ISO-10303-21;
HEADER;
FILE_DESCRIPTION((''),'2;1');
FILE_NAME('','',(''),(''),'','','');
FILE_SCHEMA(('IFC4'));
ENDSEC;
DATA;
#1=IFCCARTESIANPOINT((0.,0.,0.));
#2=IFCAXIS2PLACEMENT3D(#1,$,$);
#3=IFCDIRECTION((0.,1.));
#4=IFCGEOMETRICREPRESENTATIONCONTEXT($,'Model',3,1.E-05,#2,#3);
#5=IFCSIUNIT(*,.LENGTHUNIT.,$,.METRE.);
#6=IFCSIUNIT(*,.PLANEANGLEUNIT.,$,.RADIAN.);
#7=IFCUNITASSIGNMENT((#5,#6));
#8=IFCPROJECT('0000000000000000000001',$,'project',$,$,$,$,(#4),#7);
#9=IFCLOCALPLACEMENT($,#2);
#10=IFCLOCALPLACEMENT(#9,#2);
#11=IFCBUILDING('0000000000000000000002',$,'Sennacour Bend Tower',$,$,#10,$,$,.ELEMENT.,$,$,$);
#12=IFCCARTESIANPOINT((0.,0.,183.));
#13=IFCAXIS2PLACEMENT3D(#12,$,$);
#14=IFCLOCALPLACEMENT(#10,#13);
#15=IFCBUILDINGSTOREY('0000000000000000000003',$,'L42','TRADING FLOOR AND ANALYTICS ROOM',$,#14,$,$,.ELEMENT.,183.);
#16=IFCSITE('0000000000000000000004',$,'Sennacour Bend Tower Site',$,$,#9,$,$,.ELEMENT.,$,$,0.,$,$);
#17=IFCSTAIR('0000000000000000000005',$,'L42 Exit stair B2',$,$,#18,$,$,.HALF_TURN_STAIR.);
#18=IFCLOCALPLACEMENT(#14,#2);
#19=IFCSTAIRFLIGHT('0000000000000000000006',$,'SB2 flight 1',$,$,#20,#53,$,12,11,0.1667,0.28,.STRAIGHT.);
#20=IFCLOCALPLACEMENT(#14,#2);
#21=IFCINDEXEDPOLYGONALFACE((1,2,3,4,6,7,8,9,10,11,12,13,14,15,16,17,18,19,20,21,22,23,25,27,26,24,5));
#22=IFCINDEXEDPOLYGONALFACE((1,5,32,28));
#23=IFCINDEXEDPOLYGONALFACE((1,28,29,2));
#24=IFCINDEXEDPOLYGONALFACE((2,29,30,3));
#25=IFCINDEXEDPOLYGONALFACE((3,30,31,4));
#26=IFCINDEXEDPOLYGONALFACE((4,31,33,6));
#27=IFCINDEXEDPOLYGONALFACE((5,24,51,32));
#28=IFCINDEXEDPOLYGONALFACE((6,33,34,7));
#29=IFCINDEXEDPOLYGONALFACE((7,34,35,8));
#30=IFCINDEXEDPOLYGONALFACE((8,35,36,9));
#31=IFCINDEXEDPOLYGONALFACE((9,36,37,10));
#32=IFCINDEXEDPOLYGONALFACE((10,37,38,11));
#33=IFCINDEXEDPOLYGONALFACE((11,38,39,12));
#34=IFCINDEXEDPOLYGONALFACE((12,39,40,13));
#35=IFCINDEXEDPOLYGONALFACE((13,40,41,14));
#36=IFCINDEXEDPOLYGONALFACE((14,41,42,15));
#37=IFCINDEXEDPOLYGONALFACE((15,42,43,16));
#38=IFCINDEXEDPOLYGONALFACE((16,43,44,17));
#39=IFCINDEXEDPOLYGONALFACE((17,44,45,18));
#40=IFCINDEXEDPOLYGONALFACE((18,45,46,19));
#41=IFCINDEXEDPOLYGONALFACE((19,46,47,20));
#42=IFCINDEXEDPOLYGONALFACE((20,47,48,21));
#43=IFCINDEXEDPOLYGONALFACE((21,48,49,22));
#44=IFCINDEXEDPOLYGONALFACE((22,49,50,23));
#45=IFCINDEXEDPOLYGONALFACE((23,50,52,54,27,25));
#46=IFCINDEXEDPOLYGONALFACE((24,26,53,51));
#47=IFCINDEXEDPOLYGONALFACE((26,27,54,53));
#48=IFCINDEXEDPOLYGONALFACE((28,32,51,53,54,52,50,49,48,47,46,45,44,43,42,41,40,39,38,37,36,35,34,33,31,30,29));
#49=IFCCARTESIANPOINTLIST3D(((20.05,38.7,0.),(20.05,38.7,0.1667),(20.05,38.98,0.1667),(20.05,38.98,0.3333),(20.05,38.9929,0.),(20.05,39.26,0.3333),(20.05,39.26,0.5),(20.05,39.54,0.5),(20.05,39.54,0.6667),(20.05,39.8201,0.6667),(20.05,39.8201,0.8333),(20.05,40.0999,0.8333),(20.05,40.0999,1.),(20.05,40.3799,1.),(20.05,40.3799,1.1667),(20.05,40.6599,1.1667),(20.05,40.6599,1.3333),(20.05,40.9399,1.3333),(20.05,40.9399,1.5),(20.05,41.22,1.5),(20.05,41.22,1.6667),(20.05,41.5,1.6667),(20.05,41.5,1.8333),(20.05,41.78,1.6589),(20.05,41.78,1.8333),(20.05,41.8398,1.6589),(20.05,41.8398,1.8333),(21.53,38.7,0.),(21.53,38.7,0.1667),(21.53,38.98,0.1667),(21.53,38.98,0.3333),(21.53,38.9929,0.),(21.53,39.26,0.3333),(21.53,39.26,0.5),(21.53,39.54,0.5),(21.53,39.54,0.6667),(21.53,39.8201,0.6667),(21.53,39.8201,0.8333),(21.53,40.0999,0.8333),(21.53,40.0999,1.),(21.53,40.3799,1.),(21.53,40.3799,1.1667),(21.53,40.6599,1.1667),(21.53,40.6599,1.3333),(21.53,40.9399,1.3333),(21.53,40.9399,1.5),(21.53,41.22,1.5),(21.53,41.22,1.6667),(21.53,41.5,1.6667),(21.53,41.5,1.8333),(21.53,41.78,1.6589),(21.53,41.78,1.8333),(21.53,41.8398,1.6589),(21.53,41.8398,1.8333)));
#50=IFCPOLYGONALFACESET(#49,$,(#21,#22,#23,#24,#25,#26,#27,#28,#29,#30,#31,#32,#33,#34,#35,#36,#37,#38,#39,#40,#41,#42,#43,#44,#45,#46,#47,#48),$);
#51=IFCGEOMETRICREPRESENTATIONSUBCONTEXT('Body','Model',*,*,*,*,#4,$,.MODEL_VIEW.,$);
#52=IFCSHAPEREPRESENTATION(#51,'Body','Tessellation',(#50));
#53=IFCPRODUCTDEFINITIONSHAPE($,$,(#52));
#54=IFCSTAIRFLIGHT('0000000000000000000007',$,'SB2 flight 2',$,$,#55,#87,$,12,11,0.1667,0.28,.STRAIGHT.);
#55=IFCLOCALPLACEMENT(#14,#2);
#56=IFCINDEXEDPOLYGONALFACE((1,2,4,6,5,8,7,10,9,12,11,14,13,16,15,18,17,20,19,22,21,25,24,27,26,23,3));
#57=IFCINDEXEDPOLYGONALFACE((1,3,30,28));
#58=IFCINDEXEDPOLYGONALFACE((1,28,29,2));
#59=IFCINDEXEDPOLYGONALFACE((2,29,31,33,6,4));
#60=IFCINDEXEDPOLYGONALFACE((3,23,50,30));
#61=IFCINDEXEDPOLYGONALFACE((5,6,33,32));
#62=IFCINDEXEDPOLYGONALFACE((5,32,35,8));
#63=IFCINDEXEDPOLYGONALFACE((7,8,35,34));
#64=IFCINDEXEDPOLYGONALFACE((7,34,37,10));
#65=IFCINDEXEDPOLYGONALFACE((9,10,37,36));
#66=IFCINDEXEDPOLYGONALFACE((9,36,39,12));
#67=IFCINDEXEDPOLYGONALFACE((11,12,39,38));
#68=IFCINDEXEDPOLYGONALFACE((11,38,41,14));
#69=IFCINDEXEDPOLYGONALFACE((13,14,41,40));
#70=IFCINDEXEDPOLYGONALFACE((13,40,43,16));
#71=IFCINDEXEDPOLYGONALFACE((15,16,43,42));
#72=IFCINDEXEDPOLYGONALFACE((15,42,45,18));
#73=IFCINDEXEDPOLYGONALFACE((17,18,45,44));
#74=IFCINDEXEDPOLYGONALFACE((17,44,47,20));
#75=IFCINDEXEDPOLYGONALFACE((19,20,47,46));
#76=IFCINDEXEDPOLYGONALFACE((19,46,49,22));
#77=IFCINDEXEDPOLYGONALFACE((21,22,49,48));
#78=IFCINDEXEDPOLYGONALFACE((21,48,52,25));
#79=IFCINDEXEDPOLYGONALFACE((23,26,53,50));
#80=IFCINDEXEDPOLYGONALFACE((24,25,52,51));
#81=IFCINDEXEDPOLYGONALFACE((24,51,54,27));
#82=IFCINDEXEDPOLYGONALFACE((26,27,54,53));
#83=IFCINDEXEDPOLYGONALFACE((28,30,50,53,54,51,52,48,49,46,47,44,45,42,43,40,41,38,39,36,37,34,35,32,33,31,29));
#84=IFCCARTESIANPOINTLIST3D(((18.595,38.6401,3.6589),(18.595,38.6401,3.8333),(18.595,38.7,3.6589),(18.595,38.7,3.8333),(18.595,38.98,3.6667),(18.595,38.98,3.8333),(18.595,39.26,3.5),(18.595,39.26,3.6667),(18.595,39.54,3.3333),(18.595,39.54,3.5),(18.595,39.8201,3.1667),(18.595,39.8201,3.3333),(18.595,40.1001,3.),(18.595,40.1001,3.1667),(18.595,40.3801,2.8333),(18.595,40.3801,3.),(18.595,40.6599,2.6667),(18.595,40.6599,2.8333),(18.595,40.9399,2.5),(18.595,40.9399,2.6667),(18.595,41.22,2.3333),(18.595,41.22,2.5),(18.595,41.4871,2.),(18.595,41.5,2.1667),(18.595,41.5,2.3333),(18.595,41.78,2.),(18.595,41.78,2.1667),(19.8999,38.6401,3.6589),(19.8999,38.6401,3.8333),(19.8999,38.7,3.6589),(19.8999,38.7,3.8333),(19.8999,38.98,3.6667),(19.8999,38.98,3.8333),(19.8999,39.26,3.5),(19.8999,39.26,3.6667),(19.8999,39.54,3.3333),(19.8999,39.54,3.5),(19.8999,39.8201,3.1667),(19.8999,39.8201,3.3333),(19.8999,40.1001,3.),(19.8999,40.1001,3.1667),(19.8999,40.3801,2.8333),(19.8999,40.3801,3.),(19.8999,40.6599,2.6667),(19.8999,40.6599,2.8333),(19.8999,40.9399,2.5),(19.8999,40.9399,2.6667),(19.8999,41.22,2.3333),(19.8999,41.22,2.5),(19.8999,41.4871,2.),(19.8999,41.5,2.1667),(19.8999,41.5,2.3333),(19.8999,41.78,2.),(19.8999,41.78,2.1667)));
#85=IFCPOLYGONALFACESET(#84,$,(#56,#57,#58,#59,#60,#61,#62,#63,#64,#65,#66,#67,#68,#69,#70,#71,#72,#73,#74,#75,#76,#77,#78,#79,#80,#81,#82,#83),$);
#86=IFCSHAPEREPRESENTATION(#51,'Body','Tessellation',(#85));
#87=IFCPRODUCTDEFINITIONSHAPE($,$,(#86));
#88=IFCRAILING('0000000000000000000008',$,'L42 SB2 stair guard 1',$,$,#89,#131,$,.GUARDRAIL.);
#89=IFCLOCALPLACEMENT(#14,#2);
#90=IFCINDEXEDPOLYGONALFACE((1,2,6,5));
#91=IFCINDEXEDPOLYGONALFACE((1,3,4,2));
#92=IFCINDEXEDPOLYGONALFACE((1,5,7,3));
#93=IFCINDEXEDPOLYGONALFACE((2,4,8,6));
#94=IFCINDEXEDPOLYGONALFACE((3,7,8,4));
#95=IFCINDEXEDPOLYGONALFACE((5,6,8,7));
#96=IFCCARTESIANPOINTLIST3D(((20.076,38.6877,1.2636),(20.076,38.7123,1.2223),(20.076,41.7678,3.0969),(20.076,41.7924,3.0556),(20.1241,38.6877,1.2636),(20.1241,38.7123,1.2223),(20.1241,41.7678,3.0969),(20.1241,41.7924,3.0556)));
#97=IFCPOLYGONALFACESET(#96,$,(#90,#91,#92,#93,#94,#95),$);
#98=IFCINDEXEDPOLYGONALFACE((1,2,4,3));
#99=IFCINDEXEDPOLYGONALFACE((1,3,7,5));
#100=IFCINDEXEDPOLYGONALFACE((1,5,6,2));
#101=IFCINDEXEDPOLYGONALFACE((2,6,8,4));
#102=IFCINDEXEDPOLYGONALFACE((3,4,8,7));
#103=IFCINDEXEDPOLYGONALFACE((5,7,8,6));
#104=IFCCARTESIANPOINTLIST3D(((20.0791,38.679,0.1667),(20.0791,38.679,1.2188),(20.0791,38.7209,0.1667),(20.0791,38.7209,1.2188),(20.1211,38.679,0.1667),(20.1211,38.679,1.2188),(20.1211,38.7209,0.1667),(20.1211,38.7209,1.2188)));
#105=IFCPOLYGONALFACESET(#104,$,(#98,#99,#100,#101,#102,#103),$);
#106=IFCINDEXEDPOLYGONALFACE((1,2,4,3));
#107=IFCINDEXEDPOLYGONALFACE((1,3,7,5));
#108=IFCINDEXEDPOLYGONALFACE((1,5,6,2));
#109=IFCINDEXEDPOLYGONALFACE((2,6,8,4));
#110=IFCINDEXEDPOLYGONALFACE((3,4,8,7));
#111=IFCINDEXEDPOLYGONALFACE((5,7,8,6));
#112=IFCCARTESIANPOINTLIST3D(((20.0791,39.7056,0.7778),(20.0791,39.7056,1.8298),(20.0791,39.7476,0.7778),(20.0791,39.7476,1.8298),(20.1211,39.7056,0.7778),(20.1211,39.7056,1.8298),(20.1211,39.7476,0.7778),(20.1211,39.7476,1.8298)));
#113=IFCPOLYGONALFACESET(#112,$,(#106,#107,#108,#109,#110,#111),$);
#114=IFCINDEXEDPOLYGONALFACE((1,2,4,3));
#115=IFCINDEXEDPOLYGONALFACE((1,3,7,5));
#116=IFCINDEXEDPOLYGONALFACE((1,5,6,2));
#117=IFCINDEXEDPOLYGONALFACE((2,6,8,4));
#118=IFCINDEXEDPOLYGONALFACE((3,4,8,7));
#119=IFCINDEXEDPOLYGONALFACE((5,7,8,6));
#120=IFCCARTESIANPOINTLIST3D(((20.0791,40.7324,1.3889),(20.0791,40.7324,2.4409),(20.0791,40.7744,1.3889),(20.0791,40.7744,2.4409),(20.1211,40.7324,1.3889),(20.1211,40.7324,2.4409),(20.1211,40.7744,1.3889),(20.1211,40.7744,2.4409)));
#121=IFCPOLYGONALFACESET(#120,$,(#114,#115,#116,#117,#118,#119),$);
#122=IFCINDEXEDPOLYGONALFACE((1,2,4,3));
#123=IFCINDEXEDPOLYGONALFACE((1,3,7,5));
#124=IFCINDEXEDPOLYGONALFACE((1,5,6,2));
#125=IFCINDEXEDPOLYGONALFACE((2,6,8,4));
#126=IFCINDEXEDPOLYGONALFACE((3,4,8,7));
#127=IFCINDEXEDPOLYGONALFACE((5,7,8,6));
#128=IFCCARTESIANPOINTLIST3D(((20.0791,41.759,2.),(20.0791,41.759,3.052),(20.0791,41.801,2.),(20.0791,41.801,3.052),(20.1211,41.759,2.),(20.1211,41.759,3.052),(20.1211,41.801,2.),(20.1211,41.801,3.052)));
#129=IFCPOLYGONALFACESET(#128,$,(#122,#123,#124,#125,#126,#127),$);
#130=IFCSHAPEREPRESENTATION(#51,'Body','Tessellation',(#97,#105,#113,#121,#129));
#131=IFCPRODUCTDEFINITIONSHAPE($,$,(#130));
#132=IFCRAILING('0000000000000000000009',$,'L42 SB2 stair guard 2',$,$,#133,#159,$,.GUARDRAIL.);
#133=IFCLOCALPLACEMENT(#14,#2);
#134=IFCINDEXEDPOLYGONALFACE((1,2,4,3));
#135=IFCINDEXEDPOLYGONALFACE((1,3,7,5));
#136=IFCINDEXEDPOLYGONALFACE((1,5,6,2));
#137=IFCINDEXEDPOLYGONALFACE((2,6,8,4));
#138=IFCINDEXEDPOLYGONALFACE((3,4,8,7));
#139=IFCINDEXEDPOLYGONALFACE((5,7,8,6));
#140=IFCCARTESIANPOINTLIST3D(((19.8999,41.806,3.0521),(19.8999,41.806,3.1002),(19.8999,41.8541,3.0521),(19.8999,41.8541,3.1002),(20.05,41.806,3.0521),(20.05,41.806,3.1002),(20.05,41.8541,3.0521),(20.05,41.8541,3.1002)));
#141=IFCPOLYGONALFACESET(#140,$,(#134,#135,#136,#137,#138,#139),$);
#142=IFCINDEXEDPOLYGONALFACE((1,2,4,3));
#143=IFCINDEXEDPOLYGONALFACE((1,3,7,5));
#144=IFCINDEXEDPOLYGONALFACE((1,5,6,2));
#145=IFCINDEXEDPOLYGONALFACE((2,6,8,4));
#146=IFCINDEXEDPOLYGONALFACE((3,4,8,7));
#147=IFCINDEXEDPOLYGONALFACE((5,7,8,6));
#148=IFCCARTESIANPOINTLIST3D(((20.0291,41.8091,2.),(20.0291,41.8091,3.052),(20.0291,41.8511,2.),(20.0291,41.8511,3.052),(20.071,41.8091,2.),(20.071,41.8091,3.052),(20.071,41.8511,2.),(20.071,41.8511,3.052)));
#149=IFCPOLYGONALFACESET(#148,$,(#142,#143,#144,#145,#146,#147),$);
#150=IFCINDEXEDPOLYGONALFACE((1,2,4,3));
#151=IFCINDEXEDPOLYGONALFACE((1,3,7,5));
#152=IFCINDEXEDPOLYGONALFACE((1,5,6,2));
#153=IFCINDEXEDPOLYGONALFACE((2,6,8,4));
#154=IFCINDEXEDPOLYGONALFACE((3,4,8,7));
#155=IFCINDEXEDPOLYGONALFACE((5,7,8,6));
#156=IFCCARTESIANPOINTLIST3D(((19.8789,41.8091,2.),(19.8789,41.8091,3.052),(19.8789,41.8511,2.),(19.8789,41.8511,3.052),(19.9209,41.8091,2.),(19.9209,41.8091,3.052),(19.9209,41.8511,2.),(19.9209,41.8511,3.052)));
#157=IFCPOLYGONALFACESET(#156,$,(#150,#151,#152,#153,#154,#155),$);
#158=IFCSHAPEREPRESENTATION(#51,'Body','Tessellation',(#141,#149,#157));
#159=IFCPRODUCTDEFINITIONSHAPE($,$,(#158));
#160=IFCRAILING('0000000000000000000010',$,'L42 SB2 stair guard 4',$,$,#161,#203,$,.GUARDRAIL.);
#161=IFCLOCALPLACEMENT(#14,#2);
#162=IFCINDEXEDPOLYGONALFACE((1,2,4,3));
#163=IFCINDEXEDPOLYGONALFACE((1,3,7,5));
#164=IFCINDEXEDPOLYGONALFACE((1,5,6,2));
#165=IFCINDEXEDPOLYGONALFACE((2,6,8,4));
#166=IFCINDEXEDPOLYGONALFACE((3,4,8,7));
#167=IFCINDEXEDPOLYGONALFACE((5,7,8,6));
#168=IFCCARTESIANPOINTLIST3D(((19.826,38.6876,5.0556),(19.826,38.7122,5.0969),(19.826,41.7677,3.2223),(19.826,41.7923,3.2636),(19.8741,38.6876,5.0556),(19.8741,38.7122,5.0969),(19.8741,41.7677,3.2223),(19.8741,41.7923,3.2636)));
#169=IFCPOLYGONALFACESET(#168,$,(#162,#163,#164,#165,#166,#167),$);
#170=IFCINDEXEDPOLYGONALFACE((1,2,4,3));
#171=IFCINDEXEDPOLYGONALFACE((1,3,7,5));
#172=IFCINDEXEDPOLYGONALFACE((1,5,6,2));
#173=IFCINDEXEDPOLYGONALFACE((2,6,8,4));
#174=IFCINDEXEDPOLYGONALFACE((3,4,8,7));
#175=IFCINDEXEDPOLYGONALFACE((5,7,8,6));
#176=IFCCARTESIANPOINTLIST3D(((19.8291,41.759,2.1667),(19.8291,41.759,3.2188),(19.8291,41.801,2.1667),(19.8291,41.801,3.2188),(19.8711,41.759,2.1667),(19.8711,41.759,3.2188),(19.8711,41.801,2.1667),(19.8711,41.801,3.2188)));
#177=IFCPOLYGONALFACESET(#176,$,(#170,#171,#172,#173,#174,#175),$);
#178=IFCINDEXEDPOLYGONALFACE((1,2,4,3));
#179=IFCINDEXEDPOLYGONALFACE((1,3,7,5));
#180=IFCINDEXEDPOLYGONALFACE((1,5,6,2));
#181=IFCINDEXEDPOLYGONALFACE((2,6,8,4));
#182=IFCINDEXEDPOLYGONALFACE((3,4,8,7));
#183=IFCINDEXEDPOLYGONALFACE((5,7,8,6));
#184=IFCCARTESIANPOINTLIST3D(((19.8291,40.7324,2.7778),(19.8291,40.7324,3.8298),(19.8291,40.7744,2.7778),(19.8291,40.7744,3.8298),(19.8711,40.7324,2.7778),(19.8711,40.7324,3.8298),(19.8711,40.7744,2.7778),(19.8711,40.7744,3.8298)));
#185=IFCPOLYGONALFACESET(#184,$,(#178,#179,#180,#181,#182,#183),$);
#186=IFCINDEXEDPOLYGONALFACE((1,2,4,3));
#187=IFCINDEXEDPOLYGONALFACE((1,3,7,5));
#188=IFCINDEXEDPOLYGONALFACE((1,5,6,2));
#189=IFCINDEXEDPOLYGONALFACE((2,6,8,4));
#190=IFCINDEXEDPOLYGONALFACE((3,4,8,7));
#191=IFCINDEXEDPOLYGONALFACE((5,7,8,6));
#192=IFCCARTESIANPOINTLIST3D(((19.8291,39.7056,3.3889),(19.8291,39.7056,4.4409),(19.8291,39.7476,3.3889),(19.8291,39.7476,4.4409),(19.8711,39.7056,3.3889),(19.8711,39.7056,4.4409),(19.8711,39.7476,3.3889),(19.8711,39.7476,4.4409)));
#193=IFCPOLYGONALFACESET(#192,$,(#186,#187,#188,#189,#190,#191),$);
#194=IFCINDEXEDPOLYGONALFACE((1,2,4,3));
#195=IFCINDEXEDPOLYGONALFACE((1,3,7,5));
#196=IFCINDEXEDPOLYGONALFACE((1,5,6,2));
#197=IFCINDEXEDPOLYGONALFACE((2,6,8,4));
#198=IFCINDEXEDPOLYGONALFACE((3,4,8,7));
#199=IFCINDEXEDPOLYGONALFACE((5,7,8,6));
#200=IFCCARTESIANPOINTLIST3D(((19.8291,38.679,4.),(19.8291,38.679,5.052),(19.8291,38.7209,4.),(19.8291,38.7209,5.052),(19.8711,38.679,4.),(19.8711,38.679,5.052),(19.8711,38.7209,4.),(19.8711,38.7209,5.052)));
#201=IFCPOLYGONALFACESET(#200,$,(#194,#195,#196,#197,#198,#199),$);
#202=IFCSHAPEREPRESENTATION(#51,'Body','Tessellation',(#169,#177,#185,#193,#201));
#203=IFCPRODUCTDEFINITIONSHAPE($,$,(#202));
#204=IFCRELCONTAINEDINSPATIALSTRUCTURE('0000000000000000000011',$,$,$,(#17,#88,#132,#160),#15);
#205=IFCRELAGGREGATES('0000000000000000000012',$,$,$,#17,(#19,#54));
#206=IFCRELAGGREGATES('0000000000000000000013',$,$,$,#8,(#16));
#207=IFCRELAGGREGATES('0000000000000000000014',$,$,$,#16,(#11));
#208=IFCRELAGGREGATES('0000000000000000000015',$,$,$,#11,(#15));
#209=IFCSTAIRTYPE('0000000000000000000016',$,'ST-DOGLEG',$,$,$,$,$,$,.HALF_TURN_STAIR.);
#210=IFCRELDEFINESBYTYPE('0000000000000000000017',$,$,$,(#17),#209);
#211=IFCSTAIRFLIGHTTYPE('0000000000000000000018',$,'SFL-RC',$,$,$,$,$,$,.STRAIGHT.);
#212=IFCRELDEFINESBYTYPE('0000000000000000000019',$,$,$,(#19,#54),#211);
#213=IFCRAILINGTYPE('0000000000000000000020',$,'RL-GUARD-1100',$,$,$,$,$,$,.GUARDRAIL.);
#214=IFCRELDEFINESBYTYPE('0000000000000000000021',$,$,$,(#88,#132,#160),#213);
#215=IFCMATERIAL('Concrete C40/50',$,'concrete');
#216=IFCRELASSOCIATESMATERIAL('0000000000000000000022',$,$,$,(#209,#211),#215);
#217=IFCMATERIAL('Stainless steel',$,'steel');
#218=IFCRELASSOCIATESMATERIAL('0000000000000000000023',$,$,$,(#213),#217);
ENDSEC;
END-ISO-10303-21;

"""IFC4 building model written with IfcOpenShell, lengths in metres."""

from ifc_helpers import new_model, si_unit, direction, frame, origin, origin_2d, place, context, subcontext, project, spatial, polyline, rectangle, outline, extrude, material, type_object, element, aggregate, save


model = new_model("IFC4")

# Units and contexts
model_context = context("Model", 3, precision=1e-05, world=origin(), true_north=direction((0.0, 1.0)))
body_context = subcontext(model_context, "Body", "Model", "MODEL_VIEW")
ifc_project = project(units=[si_unit("LENGTHUNIT", "METRE"), si_unit("PLANEANGLEUNIT", "RADIAN")], contexts=[model_context])

# Site, building, storey
site_placement = place(None, origin())
site = spatial("IfcSite", under=ifc_project, at=site_placement, Name="Sennacour Bend Tower Site", CompositionType="ELEMENT", RefElevation=0.0)
building_placement = place(site_placement, origin())
building = spatial("IfcBuilding", under=site, at=building_placement, Name="Sennacour Bend Tower", CompositionType="ELEMENT")
storey_placement = place(building_placement, frame((0.0, 0.0, 183.0)))
storey = spatial("IfcBuildingStorey", under=building, at=storey_placement, Name="L42", Description="TRADING FLOOR AND ANALYTICS ROOM", CompositionType="ELEMENT", Elevation=183.0)

# Shared definitions
ifc_material_1 = material(Name="Stainless steel", Category="steel")

# Stair, stair flights
ifc_material_2 = material(Name="Concrete C40/50", Category="concrete")
stair_type = type_object("IfcStairType", Name="ST-DOGLEG", PredefinedType="HALF_TURN_STAIR", material=ifc_material_2)
stair_placement = place(storey_placement, origin())
stair = element("IfcStair", 1, at=stair_placement, inside=storey, type_object=stair_type, Name="L42 Exit stair B2", PredefinedType="HALF_TURN_STAIR")
stair_flight_type = type_object("IfcStairFlightType", Name="SFL-RC", PredefinedType="STRAIGHT", material=ifc_material_2)
stair_flight_1_placement = place(storey_placement, frame((20.79, 38.7, 0.0), z_axis=(0.0, 0.0, 1.0), x_axis=(0.0, 1.0, 0.0)))
stair_flight_1 = element("IfcStairFlight", 2, at=stair_flight_1_placement, type_object=stair_flight_type, Name="SB2 flight 1", NumberOfRisers=12, NumberOfTreads=11, PredefinedType="STRAIGHT", RiserHeight=0.1667, TreadLength=0.28, context=body_context, shape_type="SweptSolid", body=[
    extrude(outline(polyline([(0.0, 0.0), (0.0, 0.1667), (0.28, 0.1667), (0.28, 0.3333), (0.5601, 0.3333), (0.5601, 0.5), (0.8401, 0.5), (0.8401, 0.6667), (1.1201, 0.6667), (1.1201, 0.8333), (1.3999, 0.8333), (1.3999, 1.0), (1.6799, 1.0), (1.6799, 1.1667), (1.96, 1.1667), (1.96, 1.3333), (2.24, 1.3333), (2.24, 1.5), (2.52, 1.5), (2.52, 1.6667), (2.8, 1.6667), (2.8, 1.8333), (3.0801, 1.8333), (3.1399, 1.8333), (3.1399, 1.6589), (3.0801, 1.6589), (0.293, 0.0), (0.0, 0.0)])), frame((0.0, 0.74, 0.0), z_axis=(0.0, -1.0, 0.0), x_axis=(1.0, 0.0, 0.0)), (0.0, 0.0, 1.0), 1.48),
])
stair_flight_2_placement = place(storey_placement, frame((19.2476, 41.78, 2.0), z_axis=(0.0, 0.0, 1.0), x_axis=(0.0, -1.0, 0.0)))
stair_flight_2 = element("IfcStairFlight", 3, at=stair_flight_2_placement, type_object=stair_flight_type, Name="SB2 flight 2", NumberOfRisers=12, NumberOfTreads=11, PredefinedType="STRAIGHT", RiserHeight=0.1667, TreadLength=0.28, context=body_context, shape_type="SweptSolid", body=[
    extrude(outline(polyline([(0.0, 0.0), (0.0, 0.1667), (0.28, 0.1667), (0.28, 0.3333), (0.5601, 0.3333), (0.5601, 0.5), (0.8401, 0.5), (0.8401, 0.6667), (1.1201, 0.6667), (1.1201, 0.8333), (1.3999, 0.8333), (1.3999, 1.0), (1.6799, 1.0), (1.6799, 1.1667), (1.96, 1.1667), (1.96, 1.3333), (2.24, 1.3333), (2.24, 1.5), (2.52, 1.5), (2.52, 1.6667), (2.8, 1.6667), (2.8, 1.8333), (3.0801, 1.8333), (3.1399, 1.8333), (3.1399, 1.6589), (3.0801, 1.6589), (0.293, 0.0), (0.0, 0.0)])), frame((0.0, 0.6523, 0.0), z_axis=(0.0, -1.0, 0.0), x_axis=(1.0, 0.0, 0.0)), (0.0, 0.0, 1.0), 1.3049),
])
aggregate(stair, [stair_flight_1, stair_flight_2])

# Railings
railing_type_1 = type_object("IfcRailingType", Name="RL-GUARD-1100", PredefinedType="GUARDRAIL", material=ifc_material_1)
railing_1_placement = place(storey_placement, frame((20.1001, 38.7, 0.1667)))
element("IfcRailing", 4, at=railing_1_placement, inside=storey, type_object=railing_type_1, Name="L42 SB2 stair guard 1", PredefinedType="GUARDRAIL", context=body_context, shape_type="SweptSolid", body=[
    extrude(rectangle(XDim=0.0481, YDim=0.0481, at=origin_2d()), frame((0.0, 0.0, 1.0762), z_axis=(0.0, 0.859309, 0.511458), x_axis=(-1.0, 0.0, 0.0)), (0.0, 0.0, 1.0), 3.5845),
    extrude(rectangle(XDim=0.042, YDim=0.042, at=origin_2d()), origin(), (0.0, 0.0, 1.0), 1.052),
    extrude(rectangle(XDim=0.042, YDim=0.042, at=origin_2d()), frame((0.0, 1.0266, 0.6111)), (0.0, 0.0, 1.0), 1.052),
    extrude(rectangle(XDim=0.042, YDim=0.042, at=origin_2d()), frame((0.0, 2.0535, 1.2222)), (0.0, 0.0, 1.0), 1.052),
    extrude(rectangle(XDim=0.042, YDim=0.042, at=origin_2d()), frame((0.0, 3.0801, 1.8333)), (0.0, 0.0, 1.0), 1.052),
])
railing_2_placement = place(storey_placement, frame((20.05, 41.8301, 2.0)))
element("IfcRailing", 5, at=railing_2_placement, inside=storey, type_object=railing_type_1, Name="L42 SB2 stair guard 2", PredefinedType="GUARDRAIL", context=body_context, shape_type="SweptSolid", body=[
    extrude(rectangle(XDim=0.0481, YDim=0.0481, at=origin_2d()), frame((0.0, 0.0, 1.0762), z_axis=(-1.0, 0.0, 0.0), x_axis=(0.0, -1.0, 0.0)), (0.0, 0.0, 1.0), 0.1501),
    extrude(rectangle(XDim=0.042, YDim=0.042, at=origin_2d()), origin(), (0.0, 0.0, 1.0), 1.052),
    extrude(rectangle(XDim=0.042, YDim=0.042, at=origin_2d()), frame((-0.1501, 0.0, 0.0)), (0.0, 0.0, 1.0), 1.052),
])
railing_3_placement = place(storey_placement, frame((19.8501, 41.78, 2.1667)))
element("IfcRailing", 6, at=railing_3_placement, inside=storey, type_object=railing_type_1, Name="L42 SB2 stair guard 4", PredefinedType="GUARDRAIL", context=body_context, shape_type="SweptSolid", body=[
    extrude(rectangle(XDim=0.0481, YDim=0.0481, at=origin_2d()), frame((0.0, 0.0, 1.0762), z_axis=(0.0, -0.859309, 0.511458), x_axis=(1.0, 0.0, 0.0)), (0.0, 0.0, 1.0), 3.5845),
    extrude(rectangle(XDim=0.042, YDim=0.042, at=origin_2d()), origin(), (0.0, 0.0, 1.0), 1.052),
    extrude(rectangle(XDim=0.042, YDim=0.042, at=origin_2d()), frame((0.0, -1.0266, 0.6111)), (0.0, 0.0, 1.0), 1.052),
    extrude(rectangle(XDim=0.042, YDim=0.042, at=origin_2d()), frame((0.0, -2.0535, 1.2222)), (0.0, 0.0, 1.0), 1.052),
    extrude(rectangle(XDim=0.042, YDim=0.042, at=origin_2d()), frame((0.0, -3.0801, 1.8333)), (0.0, 0.0, 1.0), 1.052),
])

save(model, "model.ifc")
